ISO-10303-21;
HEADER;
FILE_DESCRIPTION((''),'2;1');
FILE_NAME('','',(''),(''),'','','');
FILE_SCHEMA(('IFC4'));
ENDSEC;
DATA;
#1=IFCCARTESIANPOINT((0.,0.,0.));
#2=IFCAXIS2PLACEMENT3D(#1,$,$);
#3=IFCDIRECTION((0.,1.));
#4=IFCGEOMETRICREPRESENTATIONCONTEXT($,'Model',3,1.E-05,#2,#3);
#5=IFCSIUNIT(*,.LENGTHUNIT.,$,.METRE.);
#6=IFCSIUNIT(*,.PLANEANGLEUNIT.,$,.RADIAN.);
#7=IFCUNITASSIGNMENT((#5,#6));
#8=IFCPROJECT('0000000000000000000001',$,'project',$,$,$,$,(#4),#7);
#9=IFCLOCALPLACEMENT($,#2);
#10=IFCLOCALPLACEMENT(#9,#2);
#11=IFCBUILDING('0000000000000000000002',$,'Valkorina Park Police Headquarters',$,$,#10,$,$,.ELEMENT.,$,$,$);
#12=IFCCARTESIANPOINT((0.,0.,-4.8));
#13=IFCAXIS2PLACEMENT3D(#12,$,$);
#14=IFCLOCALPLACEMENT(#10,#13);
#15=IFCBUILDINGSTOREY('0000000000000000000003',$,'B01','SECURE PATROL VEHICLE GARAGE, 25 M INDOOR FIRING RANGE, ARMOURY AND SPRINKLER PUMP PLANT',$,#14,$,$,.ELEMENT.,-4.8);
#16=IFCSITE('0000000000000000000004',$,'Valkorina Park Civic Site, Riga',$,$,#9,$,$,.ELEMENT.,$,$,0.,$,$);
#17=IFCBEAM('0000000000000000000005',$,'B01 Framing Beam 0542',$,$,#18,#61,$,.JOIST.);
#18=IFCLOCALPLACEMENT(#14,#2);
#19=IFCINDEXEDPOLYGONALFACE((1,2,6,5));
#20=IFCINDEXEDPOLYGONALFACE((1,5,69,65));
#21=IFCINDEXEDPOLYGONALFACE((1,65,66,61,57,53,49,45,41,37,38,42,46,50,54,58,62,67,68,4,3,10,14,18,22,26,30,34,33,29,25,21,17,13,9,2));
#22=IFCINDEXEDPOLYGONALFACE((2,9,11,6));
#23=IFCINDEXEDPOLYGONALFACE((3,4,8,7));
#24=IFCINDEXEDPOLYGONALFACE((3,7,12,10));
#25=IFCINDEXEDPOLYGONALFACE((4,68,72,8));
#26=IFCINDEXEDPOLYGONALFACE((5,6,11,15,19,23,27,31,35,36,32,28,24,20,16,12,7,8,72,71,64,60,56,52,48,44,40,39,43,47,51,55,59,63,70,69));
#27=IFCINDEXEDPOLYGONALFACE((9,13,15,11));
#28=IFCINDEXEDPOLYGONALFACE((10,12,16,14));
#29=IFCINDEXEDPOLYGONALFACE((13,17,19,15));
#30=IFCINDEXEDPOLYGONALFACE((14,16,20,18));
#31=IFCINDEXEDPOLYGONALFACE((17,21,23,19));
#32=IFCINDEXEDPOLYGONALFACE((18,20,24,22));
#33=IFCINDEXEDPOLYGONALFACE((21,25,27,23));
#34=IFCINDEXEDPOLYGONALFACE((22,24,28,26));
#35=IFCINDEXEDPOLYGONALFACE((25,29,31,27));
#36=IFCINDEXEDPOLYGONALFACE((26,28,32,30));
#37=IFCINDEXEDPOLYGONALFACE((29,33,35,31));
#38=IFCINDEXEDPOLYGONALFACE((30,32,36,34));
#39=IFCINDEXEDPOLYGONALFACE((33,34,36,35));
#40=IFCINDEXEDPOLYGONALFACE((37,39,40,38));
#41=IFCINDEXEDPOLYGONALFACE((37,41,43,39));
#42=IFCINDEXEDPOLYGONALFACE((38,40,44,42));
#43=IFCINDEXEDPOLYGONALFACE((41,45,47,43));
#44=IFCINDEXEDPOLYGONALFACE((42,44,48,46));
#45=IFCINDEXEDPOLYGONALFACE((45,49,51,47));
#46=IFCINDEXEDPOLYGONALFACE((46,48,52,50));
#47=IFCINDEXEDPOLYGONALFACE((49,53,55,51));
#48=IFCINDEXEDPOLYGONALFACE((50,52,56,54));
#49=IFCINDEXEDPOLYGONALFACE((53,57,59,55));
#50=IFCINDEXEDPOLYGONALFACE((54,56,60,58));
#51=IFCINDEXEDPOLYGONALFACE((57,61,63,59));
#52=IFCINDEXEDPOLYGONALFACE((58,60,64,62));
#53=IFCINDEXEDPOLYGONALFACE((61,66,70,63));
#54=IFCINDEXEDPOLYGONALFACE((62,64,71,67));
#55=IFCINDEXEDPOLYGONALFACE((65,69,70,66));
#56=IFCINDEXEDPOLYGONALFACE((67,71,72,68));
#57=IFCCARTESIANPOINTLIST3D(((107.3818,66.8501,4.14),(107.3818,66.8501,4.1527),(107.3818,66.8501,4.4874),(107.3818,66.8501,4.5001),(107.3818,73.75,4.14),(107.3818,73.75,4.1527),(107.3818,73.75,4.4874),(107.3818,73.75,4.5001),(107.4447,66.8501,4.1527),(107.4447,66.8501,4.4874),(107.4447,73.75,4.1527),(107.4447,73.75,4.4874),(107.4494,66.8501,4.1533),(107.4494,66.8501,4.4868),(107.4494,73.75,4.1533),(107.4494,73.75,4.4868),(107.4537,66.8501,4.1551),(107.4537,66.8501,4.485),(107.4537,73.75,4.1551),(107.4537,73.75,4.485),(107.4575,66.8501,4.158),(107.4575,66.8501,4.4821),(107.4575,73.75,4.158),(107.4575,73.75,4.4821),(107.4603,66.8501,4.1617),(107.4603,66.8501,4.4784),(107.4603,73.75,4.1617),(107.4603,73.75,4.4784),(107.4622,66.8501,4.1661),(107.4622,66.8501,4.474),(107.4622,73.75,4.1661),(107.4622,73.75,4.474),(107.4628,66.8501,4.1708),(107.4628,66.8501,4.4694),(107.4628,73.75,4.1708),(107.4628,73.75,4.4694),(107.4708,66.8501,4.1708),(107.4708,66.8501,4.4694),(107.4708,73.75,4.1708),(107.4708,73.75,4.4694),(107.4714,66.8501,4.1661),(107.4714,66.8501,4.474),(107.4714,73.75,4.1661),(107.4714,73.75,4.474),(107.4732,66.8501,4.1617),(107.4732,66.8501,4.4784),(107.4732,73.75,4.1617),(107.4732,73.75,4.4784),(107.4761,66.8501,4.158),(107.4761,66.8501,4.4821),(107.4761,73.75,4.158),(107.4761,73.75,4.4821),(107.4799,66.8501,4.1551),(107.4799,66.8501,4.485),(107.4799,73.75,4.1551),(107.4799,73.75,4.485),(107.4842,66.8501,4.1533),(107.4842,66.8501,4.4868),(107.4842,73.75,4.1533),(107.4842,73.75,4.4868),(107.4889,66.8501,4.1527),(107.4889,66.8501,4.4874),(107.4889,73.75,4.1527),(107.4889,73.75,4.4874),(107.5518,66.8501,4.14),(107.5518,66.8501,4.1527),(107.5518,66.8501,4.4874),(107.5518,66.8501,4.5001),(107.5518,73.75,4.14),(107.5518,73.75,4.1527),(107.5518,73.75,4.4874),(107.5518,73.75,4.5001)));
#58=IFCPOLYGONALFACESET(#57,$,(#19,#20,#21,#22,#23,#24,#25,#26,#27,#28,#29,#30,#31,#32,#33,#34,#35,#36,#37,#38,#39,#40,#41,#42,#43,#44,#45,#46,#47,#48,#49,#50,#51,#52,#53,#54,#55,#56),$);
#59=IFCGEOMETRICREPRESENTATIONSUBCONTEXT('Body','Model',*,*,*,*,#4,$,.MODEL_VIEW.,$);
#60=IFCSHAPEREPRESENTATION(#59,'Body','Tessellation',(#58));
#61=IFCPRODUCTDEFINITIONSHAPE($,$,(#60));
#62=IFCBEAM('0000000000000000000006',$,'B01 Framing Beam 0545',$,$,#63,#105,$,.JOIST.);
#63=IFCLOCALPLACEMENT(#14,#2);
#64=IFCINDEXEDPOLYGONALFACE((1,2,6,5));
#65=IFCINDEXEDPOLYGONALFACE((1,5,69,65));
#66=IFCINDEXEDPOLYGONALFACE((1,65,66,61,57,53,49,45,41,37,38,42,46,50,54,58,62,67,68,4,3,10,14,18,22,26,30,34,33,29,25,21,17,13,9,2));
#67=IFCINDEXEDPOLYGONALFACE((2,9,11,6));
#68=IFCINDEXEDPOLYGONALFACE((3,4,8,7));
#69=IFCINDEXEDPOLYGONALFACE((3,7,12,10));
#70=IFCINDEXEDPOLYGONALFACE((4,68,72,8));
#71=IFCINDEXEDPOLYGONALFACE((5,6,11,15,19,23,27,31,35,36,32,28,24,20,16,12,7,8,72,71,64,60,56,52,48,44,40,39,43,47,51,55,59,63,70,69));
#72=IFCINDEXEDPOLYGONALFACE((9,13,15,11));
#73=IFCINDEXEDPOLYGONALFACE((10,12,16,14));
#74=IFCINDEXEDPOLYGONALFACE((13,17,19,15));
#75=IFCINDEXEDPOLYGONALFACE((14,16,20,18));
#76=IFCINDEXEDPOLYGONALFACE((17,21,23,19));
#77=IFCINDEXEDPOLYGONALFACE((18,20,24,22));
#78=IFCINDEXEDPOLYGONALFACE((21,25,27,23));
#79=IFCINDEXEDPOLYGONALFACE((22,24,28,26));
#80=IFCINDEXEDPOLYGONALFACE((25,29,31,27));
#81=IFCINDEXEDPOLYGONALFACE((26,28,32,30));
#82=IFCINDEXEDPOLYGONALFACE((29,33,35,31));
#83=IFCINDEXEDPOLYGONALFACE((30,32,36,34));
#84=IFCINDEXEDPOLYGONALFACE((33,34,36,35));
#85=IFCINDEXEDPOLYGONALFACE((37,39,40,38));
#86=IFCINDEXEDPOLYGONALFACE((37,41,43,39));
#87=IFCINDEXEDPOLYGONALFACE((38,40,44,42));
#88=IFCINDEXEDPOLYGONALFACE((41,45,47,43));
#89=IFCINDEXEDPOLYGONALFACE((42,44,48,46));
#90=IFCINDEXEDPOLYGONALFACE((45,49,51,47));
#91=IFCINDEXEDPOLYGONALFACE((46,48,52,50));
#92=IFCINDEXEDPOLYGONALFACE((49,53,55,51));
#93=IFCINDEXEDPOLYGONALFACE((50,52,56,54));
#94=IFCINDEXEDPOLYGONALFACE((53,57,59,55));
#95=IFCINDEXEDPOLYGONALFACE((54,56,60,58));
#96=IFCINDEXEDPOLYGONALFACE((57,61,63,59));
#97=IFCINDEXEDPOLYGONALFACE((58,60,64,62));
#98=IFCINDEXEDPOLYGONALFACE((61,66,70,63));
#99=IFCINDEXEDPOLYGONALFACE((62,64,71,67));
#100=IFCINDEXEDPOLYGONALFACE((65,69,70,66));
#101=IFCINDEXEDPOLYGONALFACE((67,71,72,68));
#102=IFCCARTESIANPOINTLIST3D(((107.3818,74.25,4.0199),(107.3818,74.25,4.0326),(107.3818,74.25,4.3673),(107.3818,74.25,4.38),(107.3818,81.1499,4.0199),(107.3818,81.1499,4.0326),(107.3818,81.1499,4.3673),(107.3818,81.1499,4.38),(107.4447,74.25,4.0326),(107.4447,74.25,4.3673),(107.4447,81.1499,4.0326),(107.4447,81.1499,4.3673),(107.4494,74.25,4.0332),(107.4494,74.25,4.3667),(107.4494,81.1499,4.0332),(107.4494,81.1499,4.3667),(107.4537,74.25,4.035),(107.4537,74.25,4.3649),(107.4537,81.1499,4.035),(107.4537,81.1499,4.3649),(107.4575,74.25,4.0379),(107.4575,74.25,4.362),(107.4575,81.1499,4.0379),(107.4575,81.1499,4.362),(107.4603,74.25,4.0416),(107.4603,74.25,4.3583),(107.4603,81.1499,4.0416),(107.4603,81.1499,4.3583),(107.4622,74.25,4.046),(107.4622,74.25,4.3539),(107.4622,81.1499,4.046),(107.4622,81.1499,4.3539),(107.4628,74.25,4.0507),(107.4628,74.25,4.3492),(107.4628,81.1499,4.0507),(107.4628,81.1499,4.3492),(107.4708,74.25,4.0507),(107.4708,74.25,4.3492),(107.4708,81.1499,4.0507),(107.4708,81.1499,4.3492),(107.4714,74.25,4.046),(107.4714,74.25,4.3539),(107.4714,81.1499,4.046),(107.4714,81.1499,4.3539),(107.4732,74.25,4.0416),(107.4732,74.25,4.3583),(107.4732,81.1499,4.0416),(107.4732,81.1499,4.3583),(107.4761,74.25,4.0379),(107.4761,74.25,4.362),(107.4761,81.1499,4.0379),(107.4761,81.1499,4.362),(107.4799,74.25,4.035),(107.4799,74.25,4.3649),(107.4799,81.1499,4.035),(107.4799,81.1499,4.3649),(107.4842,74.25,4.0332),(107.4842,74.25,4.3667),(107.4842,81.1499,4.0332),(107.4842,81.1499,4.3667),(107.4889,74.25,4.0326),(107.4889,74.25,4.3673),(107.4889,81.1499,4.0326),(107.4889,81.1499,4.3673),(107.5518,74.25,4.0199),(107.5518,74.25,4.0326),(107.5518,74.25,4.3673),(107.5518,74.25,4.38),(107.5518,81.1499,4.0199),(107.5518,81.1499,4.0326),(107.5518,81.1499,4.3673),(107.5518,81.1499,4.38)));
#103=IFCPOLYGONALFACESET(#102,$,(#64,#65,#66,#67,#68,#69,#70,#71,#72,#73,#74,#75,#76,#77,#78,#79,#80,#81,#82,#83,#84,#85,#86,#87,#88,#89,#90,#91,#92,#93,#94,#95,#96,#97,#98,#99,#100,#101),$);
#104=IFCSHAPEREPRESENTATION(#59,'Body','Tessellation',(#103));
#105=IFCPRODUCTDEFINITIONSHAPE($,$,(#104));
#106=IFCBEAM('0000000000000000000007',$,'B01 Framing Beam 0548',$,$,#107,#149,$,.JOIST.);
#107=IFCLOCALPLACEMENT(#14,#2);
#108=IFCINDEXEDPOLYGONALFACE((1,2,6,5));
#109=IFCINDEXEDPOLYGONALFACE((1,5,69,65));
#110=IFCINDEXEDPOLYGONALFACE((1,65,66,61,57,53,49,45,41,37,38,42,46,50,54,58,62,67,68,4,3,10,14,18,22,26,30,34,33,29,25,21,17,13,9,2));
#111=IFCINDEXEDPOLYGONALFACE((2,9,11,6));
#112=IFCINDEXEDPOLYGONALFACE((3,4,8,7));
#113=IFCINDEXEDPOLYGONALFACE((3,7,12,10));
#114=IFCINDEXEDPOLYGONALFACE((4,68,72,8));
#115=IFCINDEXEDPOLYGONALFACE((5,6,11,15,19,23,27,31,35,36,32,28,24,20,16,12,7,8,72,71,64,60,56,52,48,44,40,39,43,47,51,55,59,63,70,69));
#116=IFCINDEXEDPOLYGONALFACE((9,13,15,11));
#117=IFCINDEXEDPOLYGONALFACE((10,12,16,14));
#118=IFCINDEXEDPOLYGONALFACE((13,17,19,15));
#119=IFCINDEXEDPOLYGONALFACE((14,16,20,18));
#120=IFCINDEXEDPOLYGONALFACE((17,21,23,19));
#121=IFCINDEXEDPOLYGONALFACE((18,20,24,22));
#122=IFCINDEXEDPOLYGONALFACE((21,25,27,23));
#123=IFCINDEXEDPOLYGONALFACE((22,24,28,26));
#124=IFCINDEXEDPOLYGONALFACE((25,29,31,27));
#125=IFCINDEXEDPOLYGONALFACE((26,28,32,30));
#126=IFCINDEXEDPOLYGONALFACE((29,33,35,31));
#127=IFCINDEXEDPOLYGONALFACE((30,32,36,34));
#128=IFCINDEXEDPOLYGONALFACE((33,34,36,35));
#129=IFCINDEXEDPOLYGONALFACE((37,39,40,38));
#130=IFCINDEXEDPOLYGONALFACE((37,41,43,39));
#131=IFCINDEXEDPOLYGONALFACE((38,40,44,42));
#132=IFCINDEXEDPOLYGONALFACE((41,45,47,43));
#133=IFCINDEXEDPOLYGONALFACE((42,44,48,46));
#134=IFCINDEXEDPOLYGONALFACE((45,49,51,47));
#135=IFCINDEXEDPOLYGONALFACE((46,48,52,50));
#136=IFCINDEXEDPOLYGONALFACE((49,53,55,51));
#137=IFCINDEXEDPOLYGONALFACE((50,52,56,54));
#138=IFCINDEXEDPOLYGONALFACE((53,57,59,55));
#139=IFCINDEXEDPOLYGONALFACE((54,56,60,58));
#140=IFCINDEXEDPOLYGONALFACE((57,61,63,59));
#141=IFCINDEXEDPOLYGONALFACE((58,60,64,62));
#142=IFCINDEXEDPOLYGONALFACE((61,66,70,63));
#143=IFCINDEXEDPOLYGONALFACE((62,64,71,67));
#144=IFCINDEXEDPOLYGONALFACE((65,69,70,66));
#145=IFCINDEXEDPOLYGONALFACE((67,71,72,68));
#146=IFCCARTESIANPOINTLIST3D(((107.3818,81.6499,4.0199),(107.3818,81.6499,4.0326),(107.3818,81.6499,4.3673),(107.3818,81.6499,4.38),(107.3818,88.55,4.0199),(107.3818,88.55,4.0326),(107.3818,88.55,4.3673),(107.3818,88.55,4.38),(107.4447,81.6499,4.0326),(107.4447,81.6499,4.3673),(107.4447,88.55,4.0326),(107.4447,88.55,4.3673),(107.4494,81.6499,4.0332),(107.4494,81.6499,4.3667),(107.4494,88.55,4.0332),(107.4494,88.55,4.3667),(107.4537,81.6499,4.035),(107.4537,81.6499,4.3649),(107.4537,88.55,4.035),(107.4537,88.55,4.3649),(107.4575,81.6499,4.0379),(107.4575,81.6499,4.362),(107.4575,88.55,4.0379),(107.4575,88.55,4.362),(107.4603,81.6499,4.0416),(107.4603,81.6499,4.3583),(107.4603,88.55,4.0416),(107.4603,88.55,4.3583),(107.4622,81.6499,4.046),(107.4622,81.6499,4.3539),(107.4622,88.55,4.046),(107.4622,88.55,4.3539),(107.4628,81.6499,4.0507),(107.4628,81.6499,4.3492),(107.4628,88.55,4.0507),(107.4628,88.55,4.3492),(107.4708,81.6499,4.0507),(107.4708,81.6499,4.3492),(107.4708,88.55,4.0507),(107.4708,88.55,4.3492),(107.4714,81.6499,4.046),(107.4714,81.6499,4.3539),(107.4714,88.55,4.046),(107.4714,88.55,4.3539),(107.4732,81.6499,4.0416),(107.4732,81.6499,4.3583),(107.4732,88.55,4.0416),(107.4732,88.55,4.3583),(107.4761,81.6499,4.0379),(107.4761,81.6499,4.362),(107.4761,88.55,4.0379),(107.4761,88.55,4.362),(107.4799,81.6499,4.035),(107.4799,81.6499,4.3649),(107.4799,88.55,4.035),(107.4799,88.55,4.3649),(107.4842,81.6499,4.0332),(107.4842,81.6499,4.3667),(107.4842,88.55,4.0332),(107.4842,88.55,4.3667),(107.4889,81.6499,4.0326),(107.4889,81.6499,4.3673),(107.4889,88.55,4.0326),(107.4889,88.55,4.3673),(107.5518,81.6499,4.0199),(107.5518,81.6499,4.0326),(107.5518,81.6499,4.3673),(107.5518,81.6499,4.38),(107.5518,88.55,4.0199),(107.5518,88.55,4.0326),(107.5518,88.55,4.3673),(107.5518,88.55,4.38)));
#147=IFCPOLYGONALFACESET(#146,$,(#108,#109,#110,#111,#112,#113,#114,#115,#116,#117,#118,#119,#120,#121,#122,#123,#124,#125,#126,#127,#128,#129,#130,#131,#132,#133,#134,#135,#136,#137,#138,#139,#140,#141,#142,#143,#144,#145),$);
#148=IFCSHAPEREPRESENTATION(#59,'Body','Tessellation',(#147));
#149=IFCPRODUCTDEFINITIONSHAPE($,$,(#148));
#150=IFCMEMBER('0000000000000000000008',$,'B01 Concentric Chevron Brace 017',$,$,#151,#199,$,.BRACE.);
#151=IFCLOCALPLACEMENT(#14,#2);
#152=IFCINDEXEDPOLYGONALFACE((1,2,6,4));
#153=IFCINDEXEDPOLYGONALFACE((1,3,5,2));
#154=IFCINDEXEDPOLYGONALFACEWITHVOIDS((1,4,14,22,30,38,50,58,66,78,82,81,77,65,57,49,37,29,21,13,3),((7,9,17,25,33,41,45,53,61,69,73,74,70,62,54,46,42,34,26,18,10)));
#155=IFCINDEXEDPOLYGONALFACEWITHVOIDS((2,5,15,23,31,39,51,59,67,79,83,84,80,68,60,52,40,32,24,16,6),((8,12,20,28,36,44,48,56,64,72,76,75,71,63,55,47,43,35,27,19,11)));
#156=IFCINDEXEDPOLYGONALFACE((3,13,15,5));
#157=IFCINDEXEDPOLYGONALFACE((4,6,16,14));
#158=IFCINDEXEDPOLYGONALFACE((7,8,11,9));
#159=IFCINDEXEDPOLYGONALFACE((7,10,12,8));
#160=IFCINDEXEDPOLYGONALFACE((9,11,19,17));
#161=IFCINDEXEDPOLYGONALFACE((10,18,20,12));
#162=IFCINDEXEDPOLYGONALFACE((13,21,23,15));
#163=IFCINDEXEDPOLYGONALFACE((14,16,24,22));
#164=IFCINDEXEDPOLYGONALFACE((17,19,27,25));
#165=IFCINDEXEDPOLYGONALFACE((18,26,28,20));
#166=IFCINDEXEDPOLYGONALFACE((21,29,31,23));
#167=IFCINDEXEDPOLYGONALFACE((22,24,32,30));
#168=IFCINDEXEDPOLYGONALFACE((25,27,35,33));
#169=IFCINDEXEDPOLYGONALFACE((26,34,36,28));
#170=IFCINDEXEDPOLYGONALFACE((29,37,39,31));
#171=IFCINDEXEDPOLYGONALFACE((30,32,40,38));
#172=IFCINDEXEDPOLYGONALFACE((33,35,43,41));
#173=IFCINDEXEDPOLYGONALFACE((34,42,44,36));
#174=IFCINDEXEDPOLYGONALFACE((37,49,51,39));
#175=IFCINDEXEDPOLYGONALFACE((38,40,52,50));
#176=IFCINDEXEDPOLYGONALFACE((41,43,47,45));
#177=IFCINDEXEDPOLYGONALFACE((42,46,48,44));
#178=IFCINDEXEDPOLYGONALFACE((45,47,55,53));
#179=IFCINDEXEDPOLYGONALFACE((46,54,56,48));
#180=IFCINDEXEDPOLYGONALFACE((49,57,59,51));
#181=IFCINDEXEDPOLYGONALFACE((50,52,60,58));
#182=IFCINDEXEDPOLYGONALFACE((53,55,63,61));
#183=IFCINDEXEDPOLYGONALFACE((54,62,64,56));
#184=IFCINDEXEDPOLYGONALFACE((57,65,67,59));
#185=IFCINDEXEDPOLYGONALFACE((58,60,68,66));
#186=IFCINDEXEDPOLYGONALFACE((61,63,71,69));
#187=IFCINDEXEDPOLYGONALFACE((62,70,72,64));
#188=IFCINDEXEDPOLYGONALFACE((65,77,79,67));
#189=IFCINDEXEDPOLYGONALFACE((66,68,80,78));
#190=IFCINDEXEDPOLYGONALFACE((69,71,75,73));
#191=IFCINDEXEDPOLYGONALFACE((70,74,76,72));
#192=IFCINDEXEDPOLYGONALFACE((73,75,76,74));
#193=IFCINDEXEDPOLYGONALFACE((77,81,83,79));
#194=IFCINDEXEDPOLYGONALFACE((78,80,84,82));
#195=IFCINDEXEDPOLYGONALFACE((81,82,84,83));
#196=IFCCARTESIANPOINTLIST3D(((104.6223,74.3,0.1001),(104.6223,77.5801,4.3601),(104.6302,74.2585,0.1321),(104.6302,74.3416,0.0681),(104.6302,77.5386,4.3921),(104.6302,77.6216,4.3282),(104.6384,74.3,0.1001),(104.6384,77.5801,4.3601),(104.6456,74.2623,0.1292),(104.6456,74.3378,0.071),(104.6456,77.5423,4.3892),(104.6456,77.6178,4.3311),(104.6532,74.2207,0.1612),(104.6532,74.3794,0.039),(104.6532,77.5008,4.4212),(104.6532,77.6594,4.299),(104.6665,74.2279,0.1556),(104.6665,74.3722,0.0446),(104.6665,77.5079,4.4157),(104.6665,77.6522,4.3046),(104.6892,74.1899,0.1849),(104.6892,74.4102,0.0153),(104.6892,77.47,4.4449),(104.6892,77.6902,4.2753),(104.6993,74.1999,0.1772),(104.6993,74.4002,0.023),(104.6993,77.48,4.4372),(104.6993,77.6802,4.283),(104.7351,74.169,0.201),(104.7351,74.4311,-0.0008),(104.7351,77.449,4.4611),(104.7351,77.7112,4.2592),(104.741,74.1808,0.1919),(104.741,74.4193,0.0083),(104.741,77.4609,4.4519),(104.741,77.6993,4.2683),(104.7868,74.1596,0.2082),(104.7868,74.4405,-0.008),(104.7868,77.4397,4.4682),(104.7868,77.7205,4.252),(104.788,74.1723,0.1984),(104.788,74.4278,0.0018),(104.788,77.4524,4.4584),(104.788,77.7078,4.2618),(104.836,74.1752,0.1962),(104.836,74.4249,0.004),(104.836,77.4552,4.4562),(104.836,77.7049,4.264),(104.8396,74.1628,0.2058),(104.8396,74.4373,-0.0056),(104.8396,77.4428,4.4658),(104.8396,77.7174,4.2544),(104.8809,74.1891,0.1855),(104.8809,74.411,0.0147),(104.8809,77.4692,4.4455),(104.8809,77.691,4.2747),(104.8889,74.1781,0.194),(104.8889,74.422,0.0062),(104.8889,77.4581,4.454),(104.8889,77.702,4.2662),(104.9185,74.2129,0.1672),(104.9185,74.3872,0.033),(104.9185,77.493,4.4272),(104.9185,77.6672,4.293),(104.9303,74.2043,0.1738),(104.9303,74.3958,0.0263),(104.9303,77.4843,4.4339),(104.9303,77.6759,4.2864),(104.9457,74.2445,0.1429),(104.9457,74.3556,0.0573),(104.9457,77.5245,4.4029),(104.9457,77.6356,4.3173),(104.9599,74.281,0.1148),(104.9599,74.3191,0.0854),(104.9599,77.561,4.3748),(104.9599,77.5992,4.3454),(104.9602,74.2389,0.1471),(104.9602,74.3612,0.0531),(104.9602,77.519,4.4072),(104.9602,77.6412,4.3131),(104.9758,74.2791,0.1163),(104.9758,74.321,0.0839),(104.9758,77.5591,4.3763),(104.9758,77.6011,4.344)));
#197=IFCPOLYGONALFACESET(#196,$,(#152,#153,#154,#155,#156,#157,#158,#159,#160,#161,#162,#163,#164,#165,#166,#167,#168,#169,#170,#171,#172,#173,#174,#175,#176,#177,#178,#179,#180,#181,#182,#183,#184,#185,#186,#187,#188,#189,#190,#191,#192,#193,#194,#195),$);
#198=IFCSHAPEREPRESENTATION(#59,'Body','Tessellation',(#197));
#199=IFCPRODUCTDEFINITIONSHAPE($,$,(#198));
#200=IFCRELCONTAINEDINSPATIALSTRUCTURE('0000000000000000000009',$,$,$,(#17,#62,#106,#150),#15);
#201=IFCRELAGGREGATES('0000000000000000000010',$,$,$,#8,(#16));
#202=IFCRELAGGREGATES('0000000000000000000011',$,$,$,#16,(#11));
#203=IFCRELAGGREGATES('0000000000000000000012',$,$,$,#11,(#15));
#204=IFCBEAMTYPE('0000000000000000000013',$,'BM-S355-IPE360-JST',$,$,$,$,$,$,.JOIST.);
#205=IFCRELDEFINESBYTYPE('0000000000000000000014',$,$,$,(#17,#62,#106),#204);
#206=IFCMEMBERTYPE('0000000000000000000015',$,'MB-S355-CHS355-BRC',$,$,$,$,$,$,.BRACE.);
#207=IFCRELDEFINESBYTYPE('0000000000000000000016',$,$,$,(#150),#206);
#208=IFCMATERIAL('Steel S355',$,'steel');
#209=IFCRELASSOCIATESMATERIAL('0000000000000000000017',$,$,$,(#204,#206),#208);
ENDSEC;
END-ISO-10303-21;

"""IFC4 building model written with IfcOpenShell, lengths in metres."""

from ifc_helpers import new_model, si_unit, direction, frame, origin, origin_2d, place, context, subcontext, project, spatial, hollow_circle, i_section, extrude, material, material_profile, profile_set, type_object, element, save


model = new_model("IFC4")

# Units and contexts
model_context = context("Model", 3, precision=1e-05, world=origin(), true_north=direction((0.0, 1.0)))
body_context = subcontext(model_context, "Body", "Model", "MODEL_VIEW")
ifc_project = project(units=[si_unit("LENGTHUNIT", "METRE"), si_unit("PLANEANGLEUNIT", "RADIAN")], contexts=[model_context])

# Site, building, storey
site_placement = place(None, origin())
site = spatial("IfcSite", under=ifc_project, at=site_placement, Name="Valkorina Park Civic Site, Riga", CompositionType="ELEMENT", RefElevation=0.0)
building_placement = place(site_placement, origin())
building = spatial("IfcBuilding", under=site, at=building_placement, Name="Valkorina Park Police Headquarters", CompositionType="ELEMENT")
storey_placement = place(building_placement, frame((0.0, 0.0, -4.8)))
storey = spatial("IfcBuildingStorey", under=building, at=storey_placement, Name="B01", Description="SECURE PATROL VEHICLE GARAGE, 25 M INDOOR FIRING RANGE, ARMOURY AND SPRINKLER PUMP PLANT", CompositionType="ELEMENT", Elevation=-4.8)

# Beams
ifc_material_1 = material(Name="Steel S355", Category="steel")
ifc_material_profile_1 = material_profile(ifc_material_1, i_section(OverallWidth=0.1699, OverallDepth=0.3601, WebThickness=0.0081, FlangeThickness=0.0127, FilletRadius=0.0181, at=origin_2d()), Name="IPE 360")
ifc_profile_set_1 = profile_set([ifc_material_profile_1], Name="Steel S355")
beam_type_1 = type_object("IfcBeamType", Name="BM-S355-IPE360-JST", PredefinedType="JOIST", material=ifc_profile_set_1)
for number, where, z_axis, x_axis, name in (
    (1, (107.4668, 66.8501, 4.3201), (0.0, 1.0, 0.0), (-1.0, 0.0, 0.0), "B01 Framing Beam 0542"),
    (2, (107.4668, 74.25, 4.2), (0.0, 1.0, 0.0), (-1.0, 0.0, 0.0), "B01 Framing Beam 0545"),
):
    element("IfcBeam", number, at=place(storey_placement, frame(where, z_axis=z_axis, x_axis=x_axis)), inside=storey, type_object=beam_type_1, Name=name, PredefinedType="JOIST", context=body_context, shape_type="SweptSolid", body=[
        extrude(i_section(OverallWidth=0.1699, OverallDepth=0.3601, WebThickness=0.0081, FlangeThickness=0.0127, FilletRadius=0.0181, at=origin_2d()), origin(), (0.0, 0.0, 1.0), 6.8999),
    ])
beam_placement = place(storey_placement, frame((107.4668, 81.6499, 4.2), z_axis=(0.0, 1.0, 0.0), x_axis=(-1.0, 0.0, 0.0)))
element("IfcBeam", 3, at=beam_placement, inside=storey, type_object=beam_type_1, Name="B01 Framing Beam 0548", PredefinedType="JOIST", context=body_context, shape_type="SweptSolid", body=[
    extrude(i_section(OverallWidth=0.1699, OverallDepth=0.3601, WebThickness=0.0081, FlangeThickness=0.0127, FilletRadius=0.0181, at=origin_2d()), origin(), (0.0, 0.0, 1.0), 6.9001),
])

# Member
ifc_material_profile_2 = material_profile(ifc_material_1, hollow_circle(Radius=0.1777, WallThickness=0.0161, at=origin_2d()), Name="CHS 355.6x16")
ifc_profile_set_2 = profile_set([ifc_material_profile_2], Name="Steel S355")
member_type = type_object("IfcMemberType", Name="MB-S355-CHS355-BRC", PredefinedType="BRACE", material=ifc_profile_set_2)
for number, where, z_axis, x_axis, name in (
    (4, (104.8, 74.3, 0.1001), (0.0, 0.610073, 0.792345), (-1.0, 0.0, 0.0), "B01 Concentric Chevron Brace 017"),
):
    element("IfcMember", number, at=place(storey_placement, frame(where, z_axis=z_axis, x_axis=x_axis)), inside=storey, type_object=member_type, Name=name, PredefinedType="BRACE", context=body_context, shape_type="SweptSolid", body=[
        extrude(hollow_circle(Radius=0.1777, WallThickness=0.0161, at=origin_2d()), origin(), (0.0, 0.0, 1.0), 5.3765),
    ])

save(model, "model.ifc")
